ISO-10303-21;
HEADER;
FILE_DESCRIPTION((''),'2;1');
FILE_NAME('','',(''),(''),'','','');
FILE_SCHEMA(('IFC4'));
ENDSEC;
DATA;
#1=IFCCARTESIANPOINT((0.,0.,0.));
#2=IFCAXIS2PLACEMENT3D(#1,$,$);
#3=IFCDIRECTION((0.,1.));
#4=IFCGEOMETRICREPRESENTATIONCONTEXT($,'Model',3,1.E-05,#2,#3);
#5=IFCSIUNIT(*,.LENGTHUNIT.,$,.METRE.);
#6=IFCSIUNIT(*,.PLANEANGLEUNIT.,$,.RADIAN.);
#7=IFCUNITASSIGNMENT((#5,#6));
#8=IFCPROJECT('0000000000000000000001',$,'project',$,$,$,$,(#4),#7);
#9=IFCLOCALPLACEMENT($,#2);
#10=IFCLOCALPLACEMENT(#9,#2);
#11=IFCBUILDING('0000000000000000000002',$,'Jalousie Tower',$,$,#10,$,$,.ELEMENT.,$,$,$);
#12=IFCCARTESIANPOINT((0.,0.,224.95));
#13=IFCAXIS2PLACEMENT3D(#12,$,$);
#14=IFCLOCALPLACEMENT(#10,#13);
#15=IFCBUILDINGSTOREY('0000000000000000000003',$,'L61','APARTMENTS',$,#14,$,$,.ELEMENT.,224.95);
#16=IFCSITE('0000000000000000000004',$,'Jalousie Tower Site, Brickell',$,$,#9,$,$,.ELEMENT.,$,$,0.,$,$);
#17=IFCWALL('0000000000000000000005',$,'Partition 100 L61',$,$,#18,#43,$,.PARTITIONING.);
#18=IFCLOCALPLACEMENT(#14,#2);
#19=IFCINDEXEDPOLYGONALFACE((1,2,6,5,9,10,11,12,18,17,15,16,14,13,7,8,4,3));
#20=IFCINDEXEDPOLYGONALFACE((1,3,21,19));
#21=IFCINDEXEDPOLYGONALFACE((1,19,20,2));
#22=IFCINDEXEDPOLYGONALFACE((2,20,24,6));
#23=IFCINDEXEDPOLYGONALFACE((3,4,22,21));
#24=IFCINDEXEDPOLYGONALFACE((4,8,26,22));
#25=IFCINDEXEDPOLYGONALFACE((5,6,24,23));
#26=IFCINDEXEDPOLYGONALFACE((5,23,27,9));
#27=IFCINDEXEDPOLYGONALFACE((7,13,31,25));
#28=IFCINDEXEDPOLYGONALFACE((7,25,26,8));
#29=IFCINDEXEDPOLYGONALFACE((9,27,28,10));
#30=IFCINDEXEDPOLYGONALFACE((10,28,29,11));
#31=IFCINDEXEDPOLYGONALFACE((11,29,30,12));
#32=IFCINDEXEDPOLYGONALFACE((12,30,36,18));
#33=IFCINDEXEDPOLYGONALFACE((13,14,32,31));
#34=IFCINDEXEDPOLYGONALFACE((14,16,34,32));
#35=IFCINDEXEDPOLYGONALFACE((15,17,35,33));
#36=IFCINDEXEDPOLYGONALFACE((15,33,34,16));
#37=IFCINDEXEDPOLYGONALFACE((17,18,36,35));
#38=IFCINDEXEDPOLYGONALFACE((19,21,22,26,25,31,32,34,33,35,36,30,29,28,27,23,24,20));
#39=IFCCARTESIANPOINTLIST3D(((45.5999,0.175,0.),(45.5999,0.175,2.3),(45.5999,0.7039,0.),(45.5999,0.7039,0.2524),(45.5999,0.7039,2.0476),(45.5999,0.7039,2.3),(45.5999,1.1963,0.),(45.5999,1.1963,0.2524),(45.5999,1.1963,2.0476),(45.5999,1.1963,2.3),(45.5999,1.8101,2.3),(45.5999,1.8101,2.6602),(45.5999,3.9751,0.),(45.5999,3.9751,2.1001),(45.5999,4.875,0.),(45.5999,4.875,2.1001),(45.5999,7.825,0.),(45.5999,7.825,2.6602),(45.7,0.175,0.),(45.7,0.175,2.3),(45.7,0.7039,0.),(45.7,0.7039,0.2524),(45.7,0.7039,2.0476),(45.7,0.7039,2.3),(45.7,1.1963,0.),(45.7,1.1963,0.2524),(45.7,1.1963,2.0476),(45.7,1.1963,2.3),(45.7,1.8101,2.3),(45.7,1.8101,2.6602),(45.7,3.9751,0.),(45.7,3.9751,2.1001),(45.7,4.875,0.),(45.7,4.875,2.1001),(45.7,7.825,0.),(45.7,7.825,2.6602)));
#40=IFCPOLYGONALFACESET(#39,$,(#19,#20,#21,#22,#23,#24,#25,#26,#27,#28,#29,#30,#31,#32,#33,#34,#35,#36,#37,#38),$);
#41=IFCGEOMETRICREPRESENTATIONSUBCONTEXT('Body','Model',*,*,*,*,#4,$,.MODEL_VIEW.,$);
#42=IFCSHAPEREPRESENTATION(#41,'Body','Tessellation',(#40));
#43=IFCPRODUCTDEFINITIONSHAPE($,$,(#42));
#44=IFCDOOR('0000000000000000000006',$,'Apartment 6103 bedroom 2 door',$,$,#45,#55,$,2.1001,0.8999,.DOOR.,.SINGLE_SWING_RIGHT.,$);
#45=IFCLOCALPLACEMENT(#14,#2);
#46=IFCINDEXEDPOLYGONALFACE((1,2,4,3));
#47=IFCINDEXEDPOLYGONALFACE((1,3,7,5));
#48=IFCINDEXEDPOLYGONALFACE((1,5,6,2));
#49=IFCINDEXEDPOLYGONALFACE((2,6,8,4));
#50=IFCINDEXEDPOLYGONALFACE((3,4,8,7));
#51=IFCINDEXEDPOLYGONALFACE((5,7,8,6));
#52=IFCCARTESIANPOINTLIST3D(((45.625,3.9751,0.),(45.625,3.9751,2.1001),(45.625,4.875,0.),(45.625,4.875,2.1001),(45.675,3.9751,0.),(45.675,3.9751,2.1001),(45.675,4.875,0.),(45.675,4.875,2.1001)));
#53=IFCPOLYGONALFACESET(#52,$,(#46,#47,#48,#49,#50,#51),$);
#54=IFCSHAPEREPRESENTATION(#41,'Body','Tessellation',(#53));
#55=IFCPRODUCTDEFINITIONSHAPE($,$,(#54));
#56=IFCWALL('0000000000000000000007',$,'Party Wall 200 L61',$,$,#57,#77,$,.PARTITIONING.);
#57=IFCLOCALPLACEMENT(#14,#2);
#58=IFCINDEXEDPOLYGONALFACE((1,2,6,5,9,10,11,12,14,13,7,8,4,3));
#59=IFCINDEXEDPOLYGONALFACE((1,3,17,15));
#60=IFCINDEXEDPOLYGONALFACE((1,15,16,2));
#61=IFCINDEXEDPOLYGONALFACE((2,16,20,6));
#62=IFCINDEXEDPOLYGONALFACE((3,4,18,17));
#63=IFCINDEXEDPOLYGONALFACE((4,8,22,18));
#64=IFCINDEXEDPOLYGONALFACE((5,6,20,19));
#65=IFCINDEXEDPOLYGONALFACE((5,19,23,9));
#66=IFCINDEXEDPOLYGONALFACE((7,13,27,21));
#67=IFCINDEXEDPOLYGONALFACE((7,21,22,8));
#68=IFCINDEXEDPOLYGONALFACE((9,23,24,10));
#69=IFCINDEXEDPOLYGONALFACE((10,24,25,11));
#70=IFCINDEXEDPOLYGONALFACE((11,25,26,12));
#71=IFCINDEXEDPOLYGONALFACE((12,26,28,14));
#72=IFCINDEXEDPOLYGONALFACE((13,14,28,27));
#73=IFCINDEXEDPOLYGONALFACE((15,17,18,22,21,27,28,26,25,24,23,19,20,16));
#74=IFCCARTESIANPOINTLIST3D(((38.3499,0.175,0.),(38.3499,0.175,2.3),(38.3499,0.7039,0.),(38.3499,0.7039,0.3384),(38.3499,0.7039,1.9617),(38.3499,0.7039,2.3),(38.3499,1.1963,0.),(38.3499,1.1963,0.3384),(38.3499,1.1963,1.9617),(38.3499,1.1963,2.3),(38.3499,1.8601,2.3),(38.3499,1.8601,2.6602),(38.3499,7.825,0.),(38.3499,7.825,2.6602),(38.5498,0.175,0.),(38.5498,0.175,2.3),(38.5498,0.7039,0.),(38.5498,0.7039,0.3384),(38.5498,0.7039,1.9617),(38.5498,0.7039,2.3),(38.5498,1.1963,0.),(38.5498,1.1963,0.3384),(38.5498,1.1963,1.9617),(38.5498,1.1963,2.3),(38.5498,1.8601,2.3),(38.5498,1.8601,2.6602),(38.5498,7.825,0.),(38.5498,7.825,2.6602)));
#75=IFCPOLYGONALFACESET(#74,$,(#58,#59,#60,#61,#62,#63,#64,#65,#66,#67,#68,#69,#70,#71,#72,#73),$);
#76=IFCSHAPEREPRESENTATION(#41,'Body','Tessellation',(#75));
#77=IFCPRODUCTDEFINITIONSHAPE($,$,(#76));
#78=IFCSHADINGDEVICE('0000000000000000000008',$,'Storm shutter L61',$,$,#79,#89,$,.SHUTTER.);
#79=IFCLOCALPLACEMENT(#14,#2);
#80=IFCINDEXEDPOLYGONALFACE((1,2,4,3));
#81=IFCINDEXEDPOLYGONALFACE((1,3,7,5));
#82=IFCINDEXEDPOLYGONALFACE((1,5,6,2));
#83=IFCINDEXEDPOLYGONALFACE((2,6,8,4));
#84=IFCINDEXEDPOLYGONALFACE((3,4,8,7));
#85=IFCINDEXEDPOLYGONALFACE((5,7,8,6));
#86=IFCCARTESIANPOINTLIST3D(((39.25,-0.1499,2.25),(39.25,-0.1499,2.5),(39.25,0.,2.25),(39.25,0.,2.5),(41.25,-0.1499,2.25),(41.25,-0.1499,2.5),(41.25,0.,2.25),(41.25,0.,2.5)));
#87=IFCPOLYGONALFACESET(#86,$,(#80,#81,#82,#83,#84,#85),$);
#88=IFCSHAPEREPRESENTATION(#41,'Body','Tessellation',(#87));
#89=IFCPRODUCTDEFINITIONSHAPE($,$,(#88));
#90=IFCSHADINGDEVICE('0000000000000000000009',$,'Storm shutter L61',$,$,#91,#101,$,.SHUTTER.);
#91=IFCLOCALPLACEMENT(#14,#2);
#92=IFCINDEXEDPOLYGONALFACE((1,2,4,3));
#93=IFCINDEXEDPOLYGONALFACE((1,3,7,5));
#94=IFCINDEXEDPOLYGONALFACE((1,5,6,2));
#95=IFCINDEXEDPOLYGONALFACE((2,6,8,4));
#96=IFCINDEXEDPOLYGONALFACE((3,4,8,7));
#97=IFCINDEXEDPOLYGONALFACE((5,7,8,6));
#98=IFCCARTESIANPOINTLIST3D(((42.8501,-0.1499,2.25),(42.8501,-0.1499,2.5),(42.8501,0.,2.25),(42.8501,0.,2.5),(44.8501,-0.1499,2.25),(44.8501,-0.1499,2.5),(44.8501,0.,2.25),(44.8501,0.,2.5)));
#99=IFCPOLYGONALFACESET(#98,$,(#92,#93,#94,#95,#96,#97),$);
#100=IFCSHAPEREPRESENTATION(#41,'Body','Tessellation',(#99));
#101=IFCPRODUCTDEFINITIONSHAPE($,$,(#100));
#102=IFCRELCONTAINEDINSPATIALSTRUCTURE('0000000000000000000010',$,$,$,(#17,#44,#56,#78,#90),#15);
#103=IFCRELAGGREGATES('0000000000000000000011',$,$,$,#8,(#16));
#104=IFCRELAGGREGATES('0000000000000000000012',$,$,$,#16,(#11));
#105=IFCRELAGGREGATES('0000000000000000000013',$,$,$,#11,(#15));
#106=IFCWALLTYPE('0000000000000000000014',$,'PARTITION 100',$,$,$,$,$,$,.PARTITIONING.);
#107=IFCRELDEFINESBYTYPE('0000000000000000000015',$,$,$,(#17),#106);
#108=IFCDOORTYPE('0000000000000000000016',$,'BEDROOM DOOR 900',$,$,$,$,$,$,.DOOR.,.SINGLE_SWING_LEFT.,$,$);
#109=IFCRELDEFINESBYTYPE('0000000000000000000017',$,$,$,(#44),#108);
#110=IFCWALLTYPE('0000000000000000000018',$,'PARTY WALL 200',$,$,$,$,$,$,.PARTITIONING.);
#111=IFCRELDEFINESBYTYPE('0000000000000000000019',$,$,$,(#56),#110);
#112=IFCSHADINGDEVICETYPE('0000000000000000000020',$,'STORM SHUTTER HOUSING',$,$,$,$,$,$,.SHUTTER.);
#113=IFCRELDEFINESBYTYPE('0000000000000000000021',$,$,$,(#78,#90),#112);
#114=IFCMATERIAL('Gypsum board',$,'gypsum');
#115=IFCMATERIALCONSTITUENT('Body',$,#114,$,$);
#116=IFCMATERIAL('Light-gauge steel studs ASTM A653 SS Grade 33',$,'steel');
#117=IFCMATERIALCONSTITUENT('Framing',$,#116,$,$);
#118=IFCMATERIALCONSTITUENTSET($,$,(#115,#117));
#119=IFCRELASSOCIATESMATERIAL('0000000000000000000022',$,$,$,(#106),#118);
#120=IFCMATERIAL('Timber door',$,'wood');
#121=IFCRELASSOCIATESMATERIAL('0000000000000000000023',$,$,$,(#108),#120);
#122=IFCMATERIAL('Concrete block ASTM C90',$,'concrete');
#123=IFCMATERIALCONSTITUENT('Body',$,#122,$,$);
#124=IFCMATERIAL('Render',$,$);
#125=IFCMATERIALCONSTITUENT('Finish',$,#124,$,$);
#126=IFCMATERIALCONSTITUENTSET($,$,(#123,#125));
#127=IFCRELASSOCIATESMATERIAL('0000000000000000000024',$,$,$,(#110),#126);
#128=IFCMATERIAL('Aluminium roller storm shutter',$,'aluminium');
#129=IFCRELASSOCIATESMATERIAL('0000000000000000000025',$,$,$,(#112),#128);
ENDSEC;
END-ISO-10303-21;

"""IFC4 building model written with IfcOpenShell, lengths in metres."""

from ifc_helpers import new_model, si_unit, direction, frame, frame_2d, origin, origin_2d, place, context, subcontext, project, spatial, polyline, rectangle, outline, extrude, material, constituent, constituent_set, type_object, element, fill, save


model = new_model("IFC4")

# Units and contexts
model_context = context("Model", 3, precision=1e-05, world=origin(), true_north=direction((0.0, 1.0)))
body_context = subcontext(model_context, "Body", "Model", "MODEL_VIEW")
ifc_project = project(units=[si_unit("LENGTHUNIT", "METRE"), si_unit("PLANEANGLEUNIT", "RADIAN")], contexts=[model_context])

# Site, building, storey
site_placement = place(None, origin())
site = spatial("IfcSite", under=ifc_project, at=site_placement, Name="Jalousie Tower Site, Brickell", CompositionType="ELEMENT", RefElevation=0.0)
building_placement = place(site_placement, origin())
building = spatial("IfcBuilding", under=site, at=building_placement, Name="Jalousie Tower", CompositionType="ELEMENT")
storey_placement = place(building_placement, frame((0.0, 0.0, 224.95)))
storey = spatial("IfcBuildingStorey", under=building, at=storey_placement, Name="L61", Description="APARTMENTS", CompositionType="ELEMENT", Elevation=224.95)

# Wall, opening, door
ifc_material_1 = material(Name="Gypsum board", Category="gypsum")
ifc_constituent_1 = constituent(ifc_material_1, Name="Body")
ifc_material_2 = material(Name="Light-gauge steel studs ASTM A653 SS Grade 33", Category="steel")
ifc_constituent_2 = constituent(ifc_material_2, Name="Framing")
ifc_constituent_set_1 = constituent_set(constituents=[ifc_constituent_1, ifc_constituent_2])
wall_type_1 = type_object("IfcWallType", Name="PARTITION 100", PredefinedType="PARTITIONING", material=ifc_constituent_set_1)
ifc_material_3 = material(Name="Timber door", Category="wood")
door_type = type_object("IfcDoorType", Name="BEDROOM DOOR 900", OperationType="SINGLE_SWING_LEFT", PredefinedType="DOOR", material=ifc_material_3)
wall_1_placement = place(storey_placement, frame((45.6499, 0.175, 0.0), z_axis=(0.0, 0.0, 1.0), x_axis=(0.0, 1.0, 0.0)))
wall_1 = element("IfcWall", 1, at=wall_1_placement, inside=storey, type_object=wall_type_1, Name="Partition 100 L61", PredefinedType="PARTITIONING", context=body_context, shape_type="SweptSolid", body=[
    extrude(outline(polyline([(0.5288, 2.3), (0.0, 2.3), (0.0, 0.0), (0.5288, 0.0), (0.5288, 0.2524), (1.0212, 0.2524), (1.0212, 0.0), (7.6499, 0.0), (7.6499, 2.6602), (1.635, 2.6602), (1.635, 2.3), (1.0212, 2.3), (1.0212, 2.0476), (0.5288, 2.0476), (0.5288, 2.3)])), frame((0.0, 0.05, 0.0), z_axis=(0.0, -1.0, 0.0), x_axis=(1.0, 0.0, 0.0)), (0.0, 0.0, 1.0), 0.1001),
])
opening_1_placement = place(wall_1_placement, frame((3.8, 0.0, 0.0)))
opening_1 = element("IfcOpeningElement", 2, at=opening_1_placement, cuts=wall_1, PredefinedType="OPENING", context=body_context, shape_type="SweptSolid", body=[
    extrude(rectangle(XDim=0.8999, YDim=2.1001, at=frame_2d((0.45, 1.05))), frame((0.0, 0.0601, 0.0), z_axis=(0.0, -1.0, 0.0), x_axis=(1.0, 0.0, 0.0)), (0.0, 0.0, 1.0), 0.1201),
])
door_1_placement = place(opening_1_placement, origin())
door_1 = element("IfcDoor", 3, at=door_1_placement, inside=storey, type_object=door_type, Name="Apartment 6103 bedroom 2 door", OperationType="SINGLE_SWING_RIGHT", OverallHeight=2.1001, OverallWidth=0.8999, PredefinedType="DOOR", context=body_context, shape_type="SweptSolid", body=[
    extrude(rectangle(XDim=0.8999, YDim=2.1001, at=frame_2d((0.45, 1.05))), frame((0.0, 0.0249, 0.0), z_axis=(0.0, -1.0, 0.0), x_axis=(1.0, 0.0, 0.0)), (0.0, 0.0, 1.0), 0.05),
])
fill(opening_1, door_1)

# Wall
ifc_material_4 = material(Name="Concrete block ASTM C90", Category="concrete")
ifc_constituent_3 = constituent(ifc_material_4, Name="Body")
ifc_material_5 = material(Name="Render")
ifc_constituent_4 = constituent(ifc_material_5, Name="Finish")
ifc_constituent_set_2 = constituent_set(constituents=[ifc_constituent_3, ifc_constituent_4])
wall_type_2 = type_object("IfcWallType", Name="PARTY WALL 200", PredefinedType="PARTITIONING", material=ifc_constituent_set_2)
wall_2_placement = place(storey_placement, frame((38.45, 0.175, 0.0), z_axis=(0.0, 0.0, 1.0), x_axis=(0.0, 1.0, 0.0)))
element("IfcWall", 4, at=wall_2_placement, inside=storey, type_object=wall_type_2, Name="Party Wall 200 L61", PredefinedType="PARTITIONING", context=body_context, shape_type="SweptSolid", body=[
    extrude(outline(polyline([(0.5288, 2.3), (0.0, 2.3), (0.0, 0.0), (0.5288, 0.0), (0.5288, 0.3384), (1.0212, 0.3384), (1.0212, 0.0), (7.6499, 0.0), (7.6499, 2.6602), (1.6851, 2.6602), (1.6851, 2.3), (1.0212, 2.3), (1.0212, 1.9617), (0.5288, 1.9617), (0.5288, 2.3)])), frame((0.0, 0.1001, 0.0), z_axis=(0.0, -1.0, 0.0), x_axis=(1.0, 0.0, 0.0)), (0.0, 0.0, 1.0), 0.2),
])

# Shading devices
ifc_material_6 = material(Name="Aluminium roller storm shutter", Category="aluminium")
shading_device_type = type_object("IfcShadingDeviceType", Name="STORM SHUTTER HOUSING", PredefinedType="SHUTTER", material=ifc_material_6)
for number, where, z_axis, x_axis, name in (
    (5, (40.25, -0.075, 2.25), (0.0, 0.0, 1.0), (1.0, 0.0, 0.0), "Storm shutter L61"),
    (6, (43.8501, -0.075, 2.25), (0.0, 0.0, 1.0), (1.0, 0.0, 0.0), "Storm shutter L61"),
):
    element("IfcShadingDevice", number, at=place(storey_placement, frame(where, z_axis=z_axis, x_axis=x_axis)), inside=storey, type_object=shading_device_type, Name=name, PredefinedType="SHUTTER", context=body_context, shape_type="SweptSolid", body=[
        extrude(rectangle(XDim=2.0, YDim=0.1499, at=origin_2d()), origin(), (0.0, 0.0, 1.0), 0.25),
    ])

save(model, "model.ifc")
